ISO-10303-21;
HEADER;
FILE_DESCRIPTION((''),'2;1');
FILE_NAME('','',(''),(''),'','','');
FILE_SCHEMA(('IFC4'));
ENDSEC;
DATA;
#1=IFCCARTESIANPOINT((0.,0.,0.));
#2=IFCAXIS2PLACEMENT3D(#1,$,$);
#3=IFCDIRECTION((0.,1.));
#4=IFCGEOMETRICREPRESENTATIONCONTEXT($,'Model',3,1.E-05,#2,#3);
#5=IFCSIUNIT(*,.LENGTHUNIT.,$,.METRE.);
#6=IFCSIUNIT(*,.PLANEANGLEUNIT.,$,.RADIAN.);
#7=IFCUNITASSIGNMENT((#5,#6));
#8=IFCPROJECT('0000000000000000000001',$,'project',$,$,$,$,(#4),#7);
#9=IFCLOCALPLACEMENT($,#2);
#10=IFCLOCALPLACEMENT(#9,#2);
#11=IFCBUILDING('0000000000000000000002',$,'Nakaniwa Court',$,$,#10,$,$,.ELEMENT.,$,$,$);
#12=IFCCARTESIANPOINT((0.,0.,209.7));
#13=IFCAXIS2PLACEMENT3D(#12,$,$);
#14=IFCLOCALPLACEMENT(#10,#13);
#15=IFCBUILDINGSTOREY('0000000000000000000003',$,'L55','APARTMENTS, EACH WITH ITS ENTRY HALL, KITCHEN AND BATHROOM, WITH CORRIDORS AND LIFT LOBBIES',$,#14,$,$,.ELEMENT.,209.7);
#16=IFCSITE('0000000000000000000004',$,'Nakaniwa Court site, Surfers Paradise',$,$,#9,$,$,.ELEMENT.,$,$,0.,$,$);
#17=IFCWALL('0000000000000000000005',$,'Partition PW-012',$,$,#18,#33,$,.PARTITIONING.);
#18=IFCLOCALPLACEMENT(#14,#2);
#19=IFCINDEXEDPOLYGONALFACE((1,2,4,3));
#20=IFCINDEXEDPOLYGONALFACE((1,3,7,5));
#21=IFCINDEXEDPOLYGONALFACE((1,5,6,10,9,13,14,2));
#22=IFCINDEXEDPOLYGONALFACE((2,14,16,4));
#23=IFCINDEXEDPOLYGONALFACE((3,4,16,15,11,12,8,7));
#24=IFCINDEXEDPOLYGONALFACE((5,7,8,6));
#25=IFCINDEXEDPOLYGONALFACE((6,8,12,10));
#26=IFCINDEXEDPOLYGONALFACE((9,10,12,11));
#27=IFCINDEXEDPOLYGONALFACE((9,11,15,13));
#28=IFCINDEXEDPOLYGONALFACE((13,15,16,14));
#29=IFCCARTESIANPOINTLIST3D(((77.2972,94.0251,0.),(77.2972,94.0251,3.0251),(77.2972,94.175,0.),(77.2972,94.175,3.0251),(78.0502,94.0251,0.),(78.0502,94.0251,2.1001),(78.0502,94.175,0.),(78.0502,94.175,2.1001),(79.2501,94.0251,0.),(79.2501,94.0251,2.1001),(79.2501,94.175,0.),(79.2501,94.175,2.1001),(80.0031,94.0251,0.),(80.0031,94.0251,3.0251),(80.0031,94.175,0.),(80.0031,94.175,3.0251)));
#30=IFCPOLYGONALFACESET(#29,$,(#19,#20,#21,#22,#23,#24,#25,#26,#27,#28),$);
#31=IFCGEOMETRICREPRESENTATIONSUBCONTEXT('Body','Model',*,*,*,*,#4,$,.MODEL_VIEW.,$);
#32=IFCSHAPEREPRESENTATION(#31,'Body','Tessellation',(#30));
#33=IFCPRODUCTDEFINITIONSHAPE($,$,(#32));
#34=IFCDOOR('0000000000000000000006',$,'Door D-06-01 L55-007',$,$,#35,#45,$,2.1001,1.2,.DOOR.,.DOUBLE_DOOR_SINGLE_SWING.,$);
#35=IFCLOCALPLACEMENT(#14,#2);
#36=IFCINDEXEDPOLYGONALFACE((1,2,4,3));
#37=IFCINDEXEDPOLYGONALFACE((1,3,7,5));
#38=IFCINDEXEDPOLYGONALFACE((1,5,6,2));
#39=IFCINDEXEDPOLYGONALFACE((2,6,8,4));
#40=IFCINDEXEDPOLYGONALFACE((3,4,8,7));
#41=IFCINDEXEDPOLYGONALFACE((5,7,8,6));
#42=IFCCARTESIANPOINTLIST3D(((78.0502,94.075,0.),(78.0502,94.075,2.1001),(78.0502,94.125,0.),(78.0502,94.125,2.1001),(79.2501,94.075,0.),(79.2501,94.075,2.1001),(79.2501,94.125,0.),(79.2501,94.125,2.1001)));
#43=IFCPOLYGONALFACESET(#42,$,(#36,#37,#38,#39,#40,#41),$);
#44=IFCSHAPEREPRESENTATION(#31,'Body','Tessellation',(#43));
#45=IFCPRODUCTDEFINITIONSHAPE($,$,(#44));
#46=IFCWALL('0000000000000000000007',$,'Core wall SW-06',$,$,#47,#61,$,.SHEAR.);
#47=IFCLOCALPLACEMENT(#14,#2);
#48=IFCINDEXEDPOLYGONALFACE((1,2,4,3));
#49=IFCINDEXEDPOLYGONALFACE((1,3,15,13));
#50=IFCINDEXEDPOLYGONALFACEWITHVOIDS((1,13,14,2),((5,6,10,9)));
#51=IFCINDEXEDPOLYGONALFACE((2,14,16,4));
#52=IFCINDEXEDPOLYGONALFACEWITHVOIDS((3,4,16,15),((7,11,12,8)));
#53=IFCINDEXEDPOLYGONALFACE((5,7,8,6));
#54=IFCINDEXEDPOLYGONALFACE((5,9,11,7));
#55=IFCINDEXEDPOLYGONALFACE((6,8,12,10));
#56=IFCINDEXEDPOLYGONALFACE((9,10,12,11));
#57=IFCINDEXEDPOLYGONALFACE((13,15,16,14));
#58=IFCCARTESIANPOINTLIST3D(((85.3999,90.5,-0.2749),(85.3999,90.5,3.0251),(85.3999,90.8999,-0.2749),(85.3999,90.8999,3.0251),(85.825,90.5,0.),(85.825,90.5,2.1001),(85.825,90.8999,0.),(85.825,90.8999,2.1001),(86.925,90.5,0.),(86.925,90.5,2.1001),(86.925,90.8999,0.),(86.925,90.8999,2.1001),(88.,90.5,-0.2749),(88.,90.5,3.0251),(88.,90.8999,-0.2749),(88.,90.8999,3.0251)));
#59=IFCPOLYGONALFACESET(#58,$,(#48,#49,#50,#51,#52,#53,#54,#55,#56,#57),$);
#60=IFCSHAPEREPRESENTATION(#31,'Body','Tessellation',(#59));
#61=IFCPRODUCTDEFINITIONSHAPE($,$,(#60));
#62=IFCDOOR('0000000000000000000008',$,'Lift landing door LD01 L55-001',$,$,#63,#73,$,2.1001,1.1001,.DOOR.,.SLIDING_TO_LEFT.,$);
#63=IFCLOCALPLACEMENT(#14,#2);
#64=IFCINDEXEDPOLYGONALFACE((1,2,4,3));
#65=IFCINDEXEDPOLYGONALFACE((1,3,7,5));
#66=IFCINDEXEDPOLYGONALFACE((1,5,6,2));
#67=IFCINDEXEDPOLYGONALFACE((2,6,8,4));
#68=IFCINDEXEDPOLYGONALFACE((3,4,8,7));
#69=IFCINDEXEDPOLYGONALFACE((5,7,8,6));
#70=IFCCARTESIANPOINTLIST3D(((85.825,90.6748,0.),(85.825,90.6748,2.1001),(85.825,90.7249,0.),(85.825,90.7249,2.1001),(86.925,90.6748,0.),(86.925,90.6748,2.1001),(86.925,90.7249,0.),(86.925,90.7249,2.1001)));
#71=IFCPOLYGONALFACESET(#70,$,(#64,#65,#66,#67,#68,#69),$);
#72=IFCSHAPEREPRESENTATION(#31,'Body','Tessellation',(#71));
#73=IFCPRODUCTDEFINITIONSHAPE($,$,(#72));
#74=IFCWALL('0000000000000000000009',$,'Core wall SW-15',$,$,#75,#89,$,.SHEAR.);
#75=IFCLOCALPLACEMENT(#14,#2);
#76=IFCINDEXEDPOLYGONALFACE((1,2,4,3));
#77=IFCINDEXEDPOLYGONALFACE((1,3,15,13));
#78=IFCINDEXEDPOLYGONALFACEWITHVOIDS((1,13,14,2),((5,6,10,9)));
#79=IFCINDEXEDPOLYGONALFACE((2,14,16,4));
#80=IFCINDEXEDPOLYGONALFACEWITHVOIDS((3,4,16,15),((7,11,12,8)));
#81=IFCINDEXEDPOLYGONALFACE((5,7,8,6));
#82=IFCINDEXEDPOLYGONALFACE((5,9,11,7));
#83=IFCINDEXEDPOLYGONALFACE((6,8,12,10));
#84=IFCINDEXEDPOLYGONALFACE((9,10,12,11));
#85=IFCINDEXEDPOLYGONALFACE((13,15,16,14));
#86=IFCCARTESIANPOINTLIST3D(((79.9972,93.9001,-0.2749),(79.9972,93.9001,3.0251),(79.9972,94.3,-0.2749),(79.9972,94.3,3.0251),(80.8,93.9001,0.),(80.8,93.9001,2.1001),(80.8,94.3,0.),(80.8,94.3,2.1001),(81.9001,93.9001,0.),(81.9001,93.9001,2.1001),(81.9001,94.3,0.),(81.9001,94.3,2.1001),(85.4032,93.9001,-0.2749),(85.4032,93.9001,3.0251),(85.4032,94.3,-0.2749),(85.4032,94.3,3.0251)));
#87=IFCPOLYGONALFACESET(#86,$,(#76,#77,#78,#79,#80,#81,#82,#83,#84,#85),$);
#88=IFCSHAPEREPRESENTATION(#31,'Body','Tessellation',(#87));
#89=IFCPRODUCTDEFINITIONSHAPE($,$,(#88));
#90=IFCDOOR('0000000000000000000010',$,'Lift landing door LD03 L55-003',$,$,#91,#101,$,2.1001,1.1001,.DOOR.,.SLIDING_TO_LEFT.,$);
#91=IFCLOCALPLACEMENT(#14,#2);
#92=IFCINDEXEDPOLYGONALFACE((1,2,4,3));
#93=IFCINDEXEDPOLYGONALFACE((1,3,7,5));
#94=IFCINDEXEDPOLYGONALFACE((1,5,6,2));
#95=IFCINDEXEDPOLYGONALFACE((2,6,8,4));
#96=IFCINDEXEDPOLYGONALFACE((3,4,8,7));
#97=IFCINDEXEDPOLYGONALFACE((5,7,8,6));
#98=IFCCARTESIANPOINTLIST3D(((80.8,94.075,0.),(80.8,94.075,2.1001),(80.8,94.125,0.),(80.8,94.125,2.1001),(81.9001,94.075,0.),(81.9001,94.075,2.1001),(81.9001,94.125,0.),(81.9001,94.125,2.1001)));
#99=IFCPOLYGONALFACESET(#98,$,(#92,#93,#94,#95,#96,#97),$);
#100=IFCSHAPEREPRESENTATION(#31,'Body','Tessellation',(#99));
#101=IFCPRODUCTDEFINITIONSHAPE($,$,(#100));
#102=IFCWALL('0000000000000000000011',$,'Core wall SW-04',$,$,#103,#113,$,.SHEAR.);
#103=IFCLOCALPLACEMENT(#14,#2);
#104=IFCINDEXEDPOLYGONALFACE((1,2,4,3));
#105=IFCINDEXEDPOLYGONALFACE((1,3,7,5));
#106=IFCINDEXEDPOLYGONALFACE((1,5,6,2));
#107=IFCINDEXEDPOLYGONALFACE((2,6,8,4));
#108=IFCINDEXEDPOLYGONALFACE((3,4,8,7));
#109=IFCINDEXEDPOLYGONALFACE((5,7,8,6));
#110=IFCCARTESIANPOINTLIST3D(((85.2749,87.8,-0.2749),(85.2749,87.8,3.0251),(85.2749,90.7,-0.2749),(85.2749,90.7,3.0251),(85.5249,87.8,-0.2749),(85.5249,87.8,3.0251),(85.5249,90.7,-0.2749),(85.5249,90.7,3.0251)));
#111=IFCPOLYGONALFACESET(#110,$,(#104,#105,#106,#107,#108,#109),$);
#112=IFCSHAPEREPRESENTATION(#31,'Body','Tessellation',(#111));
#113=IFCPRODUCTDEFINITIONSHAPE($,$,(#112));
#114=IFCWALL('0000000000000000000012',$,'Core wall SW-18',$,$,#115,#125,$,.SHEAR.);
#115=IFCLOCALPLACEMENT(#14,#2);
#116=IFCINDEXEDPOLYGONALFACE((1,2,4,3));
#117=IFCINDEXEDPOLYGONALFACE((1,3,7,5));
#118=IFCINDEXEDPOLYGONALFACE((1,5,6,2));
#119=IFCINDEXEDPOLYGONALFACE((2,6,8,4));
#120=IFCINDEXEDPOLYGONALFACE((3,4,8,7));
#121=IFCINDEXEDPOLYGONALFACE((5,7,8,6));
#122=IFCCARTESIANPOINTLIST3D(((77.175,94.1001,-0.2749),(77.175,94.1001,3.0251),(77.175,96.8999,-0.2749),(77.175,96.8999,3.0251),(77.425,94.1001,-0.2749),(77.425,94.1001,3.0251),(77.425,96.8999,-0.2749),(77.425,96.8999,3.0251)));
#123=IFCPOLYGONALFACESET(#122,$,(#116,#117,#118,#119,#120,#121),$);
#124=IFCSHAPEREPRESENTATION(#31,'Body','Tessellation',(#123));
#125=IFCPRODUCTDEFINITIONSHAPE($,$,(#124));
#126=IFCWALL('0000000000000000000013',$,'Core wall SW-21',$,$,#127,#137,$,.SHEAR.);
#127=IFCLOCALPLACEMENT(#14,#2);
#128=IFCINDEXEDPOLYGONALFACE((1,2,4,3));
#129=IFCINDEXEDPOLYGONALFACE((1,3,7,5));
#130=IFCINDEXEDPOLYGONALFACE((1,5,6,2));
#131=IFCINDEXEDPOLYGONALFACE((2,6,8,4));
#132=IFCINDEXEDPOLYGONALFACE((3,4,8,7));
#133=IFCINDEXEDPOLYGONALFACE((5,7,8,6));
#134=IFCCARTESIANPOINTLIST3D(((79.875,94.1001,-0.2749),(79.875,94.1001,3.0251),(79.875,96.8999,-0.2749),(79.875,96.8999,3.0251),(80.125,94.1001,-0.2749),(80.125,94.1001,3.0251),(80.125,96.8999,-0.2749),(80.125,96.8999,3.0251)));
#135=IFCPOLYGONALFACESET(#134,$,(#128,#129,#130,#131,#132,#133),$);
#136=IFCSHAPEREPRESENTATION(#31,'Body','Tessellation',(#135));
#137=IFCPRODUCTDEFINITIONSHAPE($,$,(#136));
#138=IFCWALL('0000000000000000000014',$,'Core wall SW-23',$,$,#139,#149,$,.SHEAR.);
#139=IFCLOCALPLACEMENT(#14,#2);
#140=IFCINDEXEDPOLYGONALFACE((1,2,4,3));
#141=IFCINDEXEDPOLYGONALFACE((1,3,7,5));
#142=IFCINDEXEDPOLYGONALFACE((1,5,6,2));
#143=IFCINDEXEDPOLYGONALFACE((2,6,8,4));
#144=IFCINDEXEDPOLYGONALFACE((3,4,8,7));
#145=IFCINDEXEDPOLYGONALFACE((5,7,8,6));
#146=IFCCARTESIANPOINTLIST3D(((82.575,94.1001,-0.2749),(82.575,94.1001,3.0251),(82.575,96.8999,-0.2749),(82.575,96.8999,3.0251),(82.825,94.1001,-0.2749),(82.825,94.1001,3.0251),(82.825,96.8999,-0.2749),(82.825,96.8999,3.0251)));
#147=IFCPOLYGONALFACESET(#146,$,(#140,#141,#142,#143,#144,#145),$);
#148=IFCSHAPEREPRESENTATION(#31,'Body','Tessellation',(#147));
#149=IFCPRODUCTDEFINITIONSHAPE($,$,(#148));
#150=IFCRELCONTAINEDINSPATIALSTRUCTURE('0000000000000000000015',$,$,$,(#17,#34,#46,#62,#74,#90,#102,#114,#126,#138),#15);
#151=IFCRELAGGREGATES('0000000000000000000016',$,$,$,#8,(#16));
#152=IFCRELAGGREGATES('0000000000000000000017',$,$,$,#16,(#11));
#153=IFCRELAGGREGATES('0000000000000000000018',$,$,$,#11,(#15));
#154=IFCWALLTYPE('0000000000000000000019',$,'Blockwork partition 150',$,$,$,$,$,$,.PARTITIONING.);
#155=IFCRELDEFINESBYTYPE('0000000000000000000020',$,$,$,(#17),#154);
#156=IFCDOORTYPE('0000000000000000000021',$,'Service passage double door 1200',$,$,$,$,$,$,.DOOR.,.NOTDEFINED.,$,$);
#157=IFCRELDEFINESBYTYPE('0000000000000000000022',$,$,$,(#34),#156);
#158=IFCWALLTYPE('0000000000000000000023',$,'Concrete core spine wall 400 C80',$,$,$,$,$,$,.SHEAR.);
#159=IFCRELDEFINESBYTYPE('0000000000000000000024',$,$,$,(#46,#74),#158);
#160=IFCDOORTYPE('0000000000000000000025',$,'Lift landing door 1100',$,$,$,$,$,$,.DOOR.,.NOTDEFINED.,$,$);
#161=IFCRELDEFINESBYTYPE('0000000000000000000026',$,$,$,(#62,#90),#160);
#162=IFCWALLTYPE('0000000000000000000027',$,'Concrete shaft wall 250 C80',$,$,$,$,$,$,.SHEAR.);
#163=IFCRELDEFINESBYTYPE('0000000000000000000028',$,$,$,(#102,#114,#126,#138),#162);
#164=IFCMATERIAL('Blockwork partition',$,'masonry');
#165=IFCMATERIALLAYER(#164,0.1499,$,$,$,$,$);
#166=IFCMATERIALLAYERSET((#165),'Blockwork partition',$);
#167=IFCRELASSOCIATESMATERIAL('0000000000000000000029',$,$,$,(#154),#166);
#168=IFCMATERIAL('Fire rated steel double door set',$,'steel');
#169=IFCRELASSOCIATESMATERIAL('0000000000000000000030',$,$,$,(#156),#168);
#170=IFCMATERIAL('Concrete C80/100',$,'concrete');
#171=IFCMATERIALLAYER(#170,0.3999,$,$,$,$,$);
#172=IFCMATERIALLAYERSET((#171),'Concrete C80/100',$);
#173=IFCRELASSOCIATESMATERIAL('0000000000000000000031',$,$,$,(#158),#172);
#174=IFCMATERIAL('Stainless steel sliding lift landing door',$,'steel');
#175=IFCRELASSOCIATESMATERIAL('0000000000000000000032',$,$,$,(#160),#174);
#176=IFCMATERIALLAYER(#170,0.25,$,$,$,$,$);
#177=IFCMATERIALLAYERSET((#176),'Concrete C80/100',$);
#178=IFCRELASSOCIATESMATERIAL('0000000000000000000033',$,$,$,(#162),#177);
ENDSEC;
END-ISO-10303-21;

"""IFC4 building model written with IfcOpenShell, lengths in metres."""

from ifc_helpers import new_model, si_unit, direction, frame, frame_2d, origin, place, context, subcontext, project, spatial, rectangle, extrude, material, layer, layer_set, type_object, element, fill, save


model = new_model("IFC4")

# Units and contexts
model_context = context("Model", 3, precision=1e-05, world=origin(), true_north=direction((0.0, 1.0)))
body_context = subcontext(model_context, "Body", "Model", "MODEL_VIEW")
ifc_project = project(units=[si_unit("LENGTHUNIT", "METRE"), si_unit("PLANEANGLEUNIT", "RADIAN")], contexts=[model_context])

# Site, building, storey
site_placement = place(None, origin())
site = spatial("IfcSite", under=ifc_project, at=site_placement, Name="Nakaniwa Court site, Surfers Paradise", CompositionType="ELEMENT", RefElevation=0.0)
building_placement = place(site_placement, origin())
building = spatial("IfcBuilding", under=site, at=building_placement, Name="Nakaniwa Court", CompositionType="ELEMENT")
storey_placement = place(building_placement, frame((0.0, 0.0, 209.7)))
storey = spatial("IfcBuildingStorey", under=building, at=storey_placement, Name="L55", Description="APARTMENTS, EACH WITH ITS ENTRY HALL, KITCHEN AND BATHROOM, WITH CORRIDORS AND LIFT LOBBIES", CompositionType="ELEMENT", Elevation=209.7)

# Shared definitions
ifc_material_1 = material(Name="Blockwork partition", Category="masonry")
ifc_layer_1 = layer(ifc_material_1, 0.1499)
ifc_layer_set_1 = layer_set([ifc_layer_1], Name="Blockwork partition")
wall_type_1 = type_object("IfcWallType", Name="Blockwork partition 150", PredefinedType="PARTITIONING", material=ifc_layer_set_1)

# Walls, openings, doors
wall_1_placement = place(storey_placement, frame((77.2971, 94.1001, 0.0), z_axis=(0.0, 0.0, 1.0), x_axis=(1.0, 0.0, 0.0)))
wall_1 = element("IfcWall", 1, at=wall_1_placement, inside=storey, type_object=wall_type_1, Name="Partition PW-012", PredefinedType="PARTITIONING", context=body_context, shape_type="SweptSolid", body=[
    extrude(rectangle(XDim=2.7058, YDim=0.1499, at=frame_2d((1.353, 0.0))), origin(), (0.0, 0.0, 1.0), 3.0251),
])
opening_1_placement = place(wall_1_placement, frame((0.7529, 0.0, 0.0)))
opening_1 = element("IfcOpeningElement", 2, at=opening_1_placement, cuts=wall_1, PredefinedType="OPENING", context=body_context, shape_type="SweptSolid", body=[
    extrude(rectangle(XDim=1.2, YDim=2.1001, at=frame_2d((0.6001, 1.05))), frame((0.0, 0.085, 0.0), z_axis=(0.0, -1.0, 0.0), x_axis=(1.0, 0.0, 0.0)), (0.0, 0.0, 1.0), 0.1699),
])
ifc_material_2 = material(Name="Fire rated steel double door set", Category="steel")
door_type_1 = type_object("IfcDoorType", Name="Service passage double door 1200", OperationType="NOTDEFINED", PredefinedType="DOOR", material=ifc_material_2)
door_1_placement = place(opening_1_placement, origin())
door_1 = element("IfcDoor", 3, at=door_1_placement, inside=storey, type_object=door_type_1, Name="Door D-06-01 L55-007", OperationType="DOUBLE_DOOR_SINGLE_SWING", OverallHeight=2.1001, OverallWidth=1.2, PredefinedType="DOOR", context=body_context, shape_type="SweptSolid", body=[
    extrude(rectangle(XDim=1.2, YDim=2.1001, at=frame_2d((0.6001, 1.05))), frame((0.0, 0.0249, 0.0), z_axis=(0.0, -1.0, 0.0), x_axis=(1.0, 0.0, 0.0)), (0.0, 0.0, 1.0), 0.05),
])
fill(opening_1, door_1)
ifc_material_3 = material(Name="Concrete C80/100", Category="concrete")
ifc_layer_2 = layer(ifc_material_3, 0.3999)
ifc_layer_set_2 = layer_set([ifc_layer_2], Name="Concrete C80/100")
wall_type_2 = type_object("IfcWallType", Name="Concrete core spine wall 400 C80", PredefinedType="SHEAR", material=ifc_layer_set_2)
wall_2_placement = place(storey_placement, frame((85.3999, 90.7, -0.2749), z_axis=(0.0, 0.0, 1.0), x_axis=(1.0, 0.0, 0.0)))
wall_2 = element("IfcWall", 4, at=wall_2_placement, inside=storey, type_object=wall_type_2, Name="Core wall SW-06", PredefinedType="SHEAR", context=body_context, shape_type="SweptSolid", body=[
    extrude(rectangle(XDim=2.6001, YDim=0.3999, at=frame_2d((1.3, 0.0))), origin(), (0.0, 0.0, 1.0), 3.3),
])
opening_2_placement = place(wall_2_placement, frame((0.425, 0.0, 0.2749)))
opening_2 = element("IfcOpeningElement", 5, at=opening_2_placement, cuts=wall_2, PredefinedType="OPENING", context=body_context, shape_type="SweptSolid", body=[
    extrude(rectangle(XDim=1.1001, YDim=2.1001, at=frame_2d((0.55, 1.05))), frame((0.0, 0.21, 0.0), z_axis=(0.0, -1.0, 0.0), x_axis=(1.0, 0.0, 0.0)), (0.0, 0.0, 1.0), 0.4199),
])
ifc_material_4 = material(Name="Stainless steel sliding lift landing door", Category="steel")
door_type_2 = type_object("IfcDoorType", Name="Lift landing door 1100", OperationType="NOTDEFINED", PredefinedType="DOOR", material=ifc_material_4)
door_2_placement = place(opening_2_placement, origin())
door_2 = element("IfcDoor", 6, at=door_2_placement, inside=storey, type_object=door_type_2, Name="Lift landing door LD01 L55-001", OperationType="SLIDING_TO_LEFT", OverallHeight=2.1001, OverallWidth=1.1001, PredefinedType="DOOR", context=body_context, shape_type="SweptSolid", body=[
    extrude(rectangle(XDim=1.1001, YDim=2.1001, at=frame_2d((0.55, 1.05))), frame((0.0, 0.0249, 0.0), z_axis=(0.0, -1.0, 0.0), x_axis=(1.0, 0.0, 0.0)), (0.0, 0.0, 1.0), 0.05),
])
fill(opening_2, door_2)
wall_3_placement = place(storey_placement, frame((79.9971, 94.1001, -0.2749), z_axis=(0.0, 0.0, 1.0), x_axis=(1.0, 0.0, 0.0)))
wall_3 = element("IfcWall", 7, at=wall_3_placement, inside=storey, type_object=wall_type_2, Name="Core wall SW-15", PredefinedType="SHEAR", context=body_context, shape_type="SweptSolid", body=[
    extrude(rectangle(XDim=5.406, YDim=0.3999, at=frame_2d((2.7031, 0.0))), origin(), (0.0, 0.0, 1.0), 3.3),
])
opening_3_placement = place(wall_3_placement, frame((0.803, 0.0, 0.2749)))
opening_3 = element("IfcOpeningElement", 8, at=opening_3_placement, cuts=wall_3, PredefinedType="OPENING", context=body_context, shape_type="SweptSolid", body=[
    extrude(rectangle(XDim=1.1001, YDim=2.1001, at=frame_2d((0.55, 1.05))), frame((0.0, 0.21, 0.0), z_axis=(0.0, -1.0, 0.0), x_axis=(1.0, 0.0, 0.0)), (0.0, 0.0, 1.0), 0.4199),
])
door_3_placement = place(opening_3_placement, origin())
door_3 = element("IfcDoor", 9, at=door_3_placement, inside=storey, type_object=door_type_2, Name="Lift landing door LD03 L55-003", OperationType="SLIDING_TO_LEFT", OverallHeight=2.1001, OverallWidth=1.1001, PredefinedType="DOOR", context=body_context, shape_type="SweptSolid", body=[
    extrude(rectangle(XDim=1.1001, YDim=2.1001, at=frame_2d((0.55, 1.05))), frame((0.0, 0.0249, 0.0), z_axis=(0.0, -1.0, 0.0), x_axis=(1.0, 0.0, 0.0)), (0.0, 0.0, 1.0), 0.05),
])
fill(opening_3, door_3)

# Walls
ifc_layer_3 = layer(ifc_material_3, 0.25)
ifc_layer_set_3 = layer_set([ifc_layer_3], Name="Concrete C80/100")
wall_type_3 = type_object("IfcWallType", Name="Concrete shaft wall 250 C80", PredefinedType="SHEAR", material=ifc_layer_set_3)
wall_4_placement = place(storey_placement, frame((85.3999, 87.8, -0.2749), z_axis=(0.0, 0.0, 1.0), x_axis=(0.0, 1.0, 0.0)))
element("IfcWall", 10, at=wall_4_placement, inside=storey, type_object=wall_type_3, Name="Core wall SW-04", PredefinedType="SHEAR", context=body_context, shape_type="SweptSolid", body=[
    extrude(rectangle(XDim=2.8999, YDim=0.25, at=frame_2d((1.45, 0.0))), origin(), (0.0, 0.0, 1.0), 3.3),
])
for number, where, z_axis, x_axis, name in (
    (11, (77.3, 94.1001, -0.2749), (0.0, 0.0, 1.0), (0.0, 1.0, 0.0), "Core wall SW-18"),
    (12, (80.0, 94.1001, -0.2749), (0.0, 0.0, 1.0), (0.0, 1.0, 0.0), "Core wall SW-21"),
    (13, (82.7, 94.1001, -0.2749), (0.0, 0.0, 1.0), (0.0, 1.0, 0.0), "Core wall SW-23"),
):
    element("IfcWall", number, at=place(storey_placement, frame(where, z_axis=z_axis, x_axis=x_axis)), inside=storey, type_object=wall_type_3, Name=name, PredefinedType="SHEAR", context=body_context, shape_type="SweptSolid", body=[
        extrude(rectangle(XDim=2.7998, YDim=0.25, at=frame_2d((1.3999, 0.0))), origin(), (0.0, 0.0, 1.0), 3.3),
    ])

save(model, "model.ifc")
